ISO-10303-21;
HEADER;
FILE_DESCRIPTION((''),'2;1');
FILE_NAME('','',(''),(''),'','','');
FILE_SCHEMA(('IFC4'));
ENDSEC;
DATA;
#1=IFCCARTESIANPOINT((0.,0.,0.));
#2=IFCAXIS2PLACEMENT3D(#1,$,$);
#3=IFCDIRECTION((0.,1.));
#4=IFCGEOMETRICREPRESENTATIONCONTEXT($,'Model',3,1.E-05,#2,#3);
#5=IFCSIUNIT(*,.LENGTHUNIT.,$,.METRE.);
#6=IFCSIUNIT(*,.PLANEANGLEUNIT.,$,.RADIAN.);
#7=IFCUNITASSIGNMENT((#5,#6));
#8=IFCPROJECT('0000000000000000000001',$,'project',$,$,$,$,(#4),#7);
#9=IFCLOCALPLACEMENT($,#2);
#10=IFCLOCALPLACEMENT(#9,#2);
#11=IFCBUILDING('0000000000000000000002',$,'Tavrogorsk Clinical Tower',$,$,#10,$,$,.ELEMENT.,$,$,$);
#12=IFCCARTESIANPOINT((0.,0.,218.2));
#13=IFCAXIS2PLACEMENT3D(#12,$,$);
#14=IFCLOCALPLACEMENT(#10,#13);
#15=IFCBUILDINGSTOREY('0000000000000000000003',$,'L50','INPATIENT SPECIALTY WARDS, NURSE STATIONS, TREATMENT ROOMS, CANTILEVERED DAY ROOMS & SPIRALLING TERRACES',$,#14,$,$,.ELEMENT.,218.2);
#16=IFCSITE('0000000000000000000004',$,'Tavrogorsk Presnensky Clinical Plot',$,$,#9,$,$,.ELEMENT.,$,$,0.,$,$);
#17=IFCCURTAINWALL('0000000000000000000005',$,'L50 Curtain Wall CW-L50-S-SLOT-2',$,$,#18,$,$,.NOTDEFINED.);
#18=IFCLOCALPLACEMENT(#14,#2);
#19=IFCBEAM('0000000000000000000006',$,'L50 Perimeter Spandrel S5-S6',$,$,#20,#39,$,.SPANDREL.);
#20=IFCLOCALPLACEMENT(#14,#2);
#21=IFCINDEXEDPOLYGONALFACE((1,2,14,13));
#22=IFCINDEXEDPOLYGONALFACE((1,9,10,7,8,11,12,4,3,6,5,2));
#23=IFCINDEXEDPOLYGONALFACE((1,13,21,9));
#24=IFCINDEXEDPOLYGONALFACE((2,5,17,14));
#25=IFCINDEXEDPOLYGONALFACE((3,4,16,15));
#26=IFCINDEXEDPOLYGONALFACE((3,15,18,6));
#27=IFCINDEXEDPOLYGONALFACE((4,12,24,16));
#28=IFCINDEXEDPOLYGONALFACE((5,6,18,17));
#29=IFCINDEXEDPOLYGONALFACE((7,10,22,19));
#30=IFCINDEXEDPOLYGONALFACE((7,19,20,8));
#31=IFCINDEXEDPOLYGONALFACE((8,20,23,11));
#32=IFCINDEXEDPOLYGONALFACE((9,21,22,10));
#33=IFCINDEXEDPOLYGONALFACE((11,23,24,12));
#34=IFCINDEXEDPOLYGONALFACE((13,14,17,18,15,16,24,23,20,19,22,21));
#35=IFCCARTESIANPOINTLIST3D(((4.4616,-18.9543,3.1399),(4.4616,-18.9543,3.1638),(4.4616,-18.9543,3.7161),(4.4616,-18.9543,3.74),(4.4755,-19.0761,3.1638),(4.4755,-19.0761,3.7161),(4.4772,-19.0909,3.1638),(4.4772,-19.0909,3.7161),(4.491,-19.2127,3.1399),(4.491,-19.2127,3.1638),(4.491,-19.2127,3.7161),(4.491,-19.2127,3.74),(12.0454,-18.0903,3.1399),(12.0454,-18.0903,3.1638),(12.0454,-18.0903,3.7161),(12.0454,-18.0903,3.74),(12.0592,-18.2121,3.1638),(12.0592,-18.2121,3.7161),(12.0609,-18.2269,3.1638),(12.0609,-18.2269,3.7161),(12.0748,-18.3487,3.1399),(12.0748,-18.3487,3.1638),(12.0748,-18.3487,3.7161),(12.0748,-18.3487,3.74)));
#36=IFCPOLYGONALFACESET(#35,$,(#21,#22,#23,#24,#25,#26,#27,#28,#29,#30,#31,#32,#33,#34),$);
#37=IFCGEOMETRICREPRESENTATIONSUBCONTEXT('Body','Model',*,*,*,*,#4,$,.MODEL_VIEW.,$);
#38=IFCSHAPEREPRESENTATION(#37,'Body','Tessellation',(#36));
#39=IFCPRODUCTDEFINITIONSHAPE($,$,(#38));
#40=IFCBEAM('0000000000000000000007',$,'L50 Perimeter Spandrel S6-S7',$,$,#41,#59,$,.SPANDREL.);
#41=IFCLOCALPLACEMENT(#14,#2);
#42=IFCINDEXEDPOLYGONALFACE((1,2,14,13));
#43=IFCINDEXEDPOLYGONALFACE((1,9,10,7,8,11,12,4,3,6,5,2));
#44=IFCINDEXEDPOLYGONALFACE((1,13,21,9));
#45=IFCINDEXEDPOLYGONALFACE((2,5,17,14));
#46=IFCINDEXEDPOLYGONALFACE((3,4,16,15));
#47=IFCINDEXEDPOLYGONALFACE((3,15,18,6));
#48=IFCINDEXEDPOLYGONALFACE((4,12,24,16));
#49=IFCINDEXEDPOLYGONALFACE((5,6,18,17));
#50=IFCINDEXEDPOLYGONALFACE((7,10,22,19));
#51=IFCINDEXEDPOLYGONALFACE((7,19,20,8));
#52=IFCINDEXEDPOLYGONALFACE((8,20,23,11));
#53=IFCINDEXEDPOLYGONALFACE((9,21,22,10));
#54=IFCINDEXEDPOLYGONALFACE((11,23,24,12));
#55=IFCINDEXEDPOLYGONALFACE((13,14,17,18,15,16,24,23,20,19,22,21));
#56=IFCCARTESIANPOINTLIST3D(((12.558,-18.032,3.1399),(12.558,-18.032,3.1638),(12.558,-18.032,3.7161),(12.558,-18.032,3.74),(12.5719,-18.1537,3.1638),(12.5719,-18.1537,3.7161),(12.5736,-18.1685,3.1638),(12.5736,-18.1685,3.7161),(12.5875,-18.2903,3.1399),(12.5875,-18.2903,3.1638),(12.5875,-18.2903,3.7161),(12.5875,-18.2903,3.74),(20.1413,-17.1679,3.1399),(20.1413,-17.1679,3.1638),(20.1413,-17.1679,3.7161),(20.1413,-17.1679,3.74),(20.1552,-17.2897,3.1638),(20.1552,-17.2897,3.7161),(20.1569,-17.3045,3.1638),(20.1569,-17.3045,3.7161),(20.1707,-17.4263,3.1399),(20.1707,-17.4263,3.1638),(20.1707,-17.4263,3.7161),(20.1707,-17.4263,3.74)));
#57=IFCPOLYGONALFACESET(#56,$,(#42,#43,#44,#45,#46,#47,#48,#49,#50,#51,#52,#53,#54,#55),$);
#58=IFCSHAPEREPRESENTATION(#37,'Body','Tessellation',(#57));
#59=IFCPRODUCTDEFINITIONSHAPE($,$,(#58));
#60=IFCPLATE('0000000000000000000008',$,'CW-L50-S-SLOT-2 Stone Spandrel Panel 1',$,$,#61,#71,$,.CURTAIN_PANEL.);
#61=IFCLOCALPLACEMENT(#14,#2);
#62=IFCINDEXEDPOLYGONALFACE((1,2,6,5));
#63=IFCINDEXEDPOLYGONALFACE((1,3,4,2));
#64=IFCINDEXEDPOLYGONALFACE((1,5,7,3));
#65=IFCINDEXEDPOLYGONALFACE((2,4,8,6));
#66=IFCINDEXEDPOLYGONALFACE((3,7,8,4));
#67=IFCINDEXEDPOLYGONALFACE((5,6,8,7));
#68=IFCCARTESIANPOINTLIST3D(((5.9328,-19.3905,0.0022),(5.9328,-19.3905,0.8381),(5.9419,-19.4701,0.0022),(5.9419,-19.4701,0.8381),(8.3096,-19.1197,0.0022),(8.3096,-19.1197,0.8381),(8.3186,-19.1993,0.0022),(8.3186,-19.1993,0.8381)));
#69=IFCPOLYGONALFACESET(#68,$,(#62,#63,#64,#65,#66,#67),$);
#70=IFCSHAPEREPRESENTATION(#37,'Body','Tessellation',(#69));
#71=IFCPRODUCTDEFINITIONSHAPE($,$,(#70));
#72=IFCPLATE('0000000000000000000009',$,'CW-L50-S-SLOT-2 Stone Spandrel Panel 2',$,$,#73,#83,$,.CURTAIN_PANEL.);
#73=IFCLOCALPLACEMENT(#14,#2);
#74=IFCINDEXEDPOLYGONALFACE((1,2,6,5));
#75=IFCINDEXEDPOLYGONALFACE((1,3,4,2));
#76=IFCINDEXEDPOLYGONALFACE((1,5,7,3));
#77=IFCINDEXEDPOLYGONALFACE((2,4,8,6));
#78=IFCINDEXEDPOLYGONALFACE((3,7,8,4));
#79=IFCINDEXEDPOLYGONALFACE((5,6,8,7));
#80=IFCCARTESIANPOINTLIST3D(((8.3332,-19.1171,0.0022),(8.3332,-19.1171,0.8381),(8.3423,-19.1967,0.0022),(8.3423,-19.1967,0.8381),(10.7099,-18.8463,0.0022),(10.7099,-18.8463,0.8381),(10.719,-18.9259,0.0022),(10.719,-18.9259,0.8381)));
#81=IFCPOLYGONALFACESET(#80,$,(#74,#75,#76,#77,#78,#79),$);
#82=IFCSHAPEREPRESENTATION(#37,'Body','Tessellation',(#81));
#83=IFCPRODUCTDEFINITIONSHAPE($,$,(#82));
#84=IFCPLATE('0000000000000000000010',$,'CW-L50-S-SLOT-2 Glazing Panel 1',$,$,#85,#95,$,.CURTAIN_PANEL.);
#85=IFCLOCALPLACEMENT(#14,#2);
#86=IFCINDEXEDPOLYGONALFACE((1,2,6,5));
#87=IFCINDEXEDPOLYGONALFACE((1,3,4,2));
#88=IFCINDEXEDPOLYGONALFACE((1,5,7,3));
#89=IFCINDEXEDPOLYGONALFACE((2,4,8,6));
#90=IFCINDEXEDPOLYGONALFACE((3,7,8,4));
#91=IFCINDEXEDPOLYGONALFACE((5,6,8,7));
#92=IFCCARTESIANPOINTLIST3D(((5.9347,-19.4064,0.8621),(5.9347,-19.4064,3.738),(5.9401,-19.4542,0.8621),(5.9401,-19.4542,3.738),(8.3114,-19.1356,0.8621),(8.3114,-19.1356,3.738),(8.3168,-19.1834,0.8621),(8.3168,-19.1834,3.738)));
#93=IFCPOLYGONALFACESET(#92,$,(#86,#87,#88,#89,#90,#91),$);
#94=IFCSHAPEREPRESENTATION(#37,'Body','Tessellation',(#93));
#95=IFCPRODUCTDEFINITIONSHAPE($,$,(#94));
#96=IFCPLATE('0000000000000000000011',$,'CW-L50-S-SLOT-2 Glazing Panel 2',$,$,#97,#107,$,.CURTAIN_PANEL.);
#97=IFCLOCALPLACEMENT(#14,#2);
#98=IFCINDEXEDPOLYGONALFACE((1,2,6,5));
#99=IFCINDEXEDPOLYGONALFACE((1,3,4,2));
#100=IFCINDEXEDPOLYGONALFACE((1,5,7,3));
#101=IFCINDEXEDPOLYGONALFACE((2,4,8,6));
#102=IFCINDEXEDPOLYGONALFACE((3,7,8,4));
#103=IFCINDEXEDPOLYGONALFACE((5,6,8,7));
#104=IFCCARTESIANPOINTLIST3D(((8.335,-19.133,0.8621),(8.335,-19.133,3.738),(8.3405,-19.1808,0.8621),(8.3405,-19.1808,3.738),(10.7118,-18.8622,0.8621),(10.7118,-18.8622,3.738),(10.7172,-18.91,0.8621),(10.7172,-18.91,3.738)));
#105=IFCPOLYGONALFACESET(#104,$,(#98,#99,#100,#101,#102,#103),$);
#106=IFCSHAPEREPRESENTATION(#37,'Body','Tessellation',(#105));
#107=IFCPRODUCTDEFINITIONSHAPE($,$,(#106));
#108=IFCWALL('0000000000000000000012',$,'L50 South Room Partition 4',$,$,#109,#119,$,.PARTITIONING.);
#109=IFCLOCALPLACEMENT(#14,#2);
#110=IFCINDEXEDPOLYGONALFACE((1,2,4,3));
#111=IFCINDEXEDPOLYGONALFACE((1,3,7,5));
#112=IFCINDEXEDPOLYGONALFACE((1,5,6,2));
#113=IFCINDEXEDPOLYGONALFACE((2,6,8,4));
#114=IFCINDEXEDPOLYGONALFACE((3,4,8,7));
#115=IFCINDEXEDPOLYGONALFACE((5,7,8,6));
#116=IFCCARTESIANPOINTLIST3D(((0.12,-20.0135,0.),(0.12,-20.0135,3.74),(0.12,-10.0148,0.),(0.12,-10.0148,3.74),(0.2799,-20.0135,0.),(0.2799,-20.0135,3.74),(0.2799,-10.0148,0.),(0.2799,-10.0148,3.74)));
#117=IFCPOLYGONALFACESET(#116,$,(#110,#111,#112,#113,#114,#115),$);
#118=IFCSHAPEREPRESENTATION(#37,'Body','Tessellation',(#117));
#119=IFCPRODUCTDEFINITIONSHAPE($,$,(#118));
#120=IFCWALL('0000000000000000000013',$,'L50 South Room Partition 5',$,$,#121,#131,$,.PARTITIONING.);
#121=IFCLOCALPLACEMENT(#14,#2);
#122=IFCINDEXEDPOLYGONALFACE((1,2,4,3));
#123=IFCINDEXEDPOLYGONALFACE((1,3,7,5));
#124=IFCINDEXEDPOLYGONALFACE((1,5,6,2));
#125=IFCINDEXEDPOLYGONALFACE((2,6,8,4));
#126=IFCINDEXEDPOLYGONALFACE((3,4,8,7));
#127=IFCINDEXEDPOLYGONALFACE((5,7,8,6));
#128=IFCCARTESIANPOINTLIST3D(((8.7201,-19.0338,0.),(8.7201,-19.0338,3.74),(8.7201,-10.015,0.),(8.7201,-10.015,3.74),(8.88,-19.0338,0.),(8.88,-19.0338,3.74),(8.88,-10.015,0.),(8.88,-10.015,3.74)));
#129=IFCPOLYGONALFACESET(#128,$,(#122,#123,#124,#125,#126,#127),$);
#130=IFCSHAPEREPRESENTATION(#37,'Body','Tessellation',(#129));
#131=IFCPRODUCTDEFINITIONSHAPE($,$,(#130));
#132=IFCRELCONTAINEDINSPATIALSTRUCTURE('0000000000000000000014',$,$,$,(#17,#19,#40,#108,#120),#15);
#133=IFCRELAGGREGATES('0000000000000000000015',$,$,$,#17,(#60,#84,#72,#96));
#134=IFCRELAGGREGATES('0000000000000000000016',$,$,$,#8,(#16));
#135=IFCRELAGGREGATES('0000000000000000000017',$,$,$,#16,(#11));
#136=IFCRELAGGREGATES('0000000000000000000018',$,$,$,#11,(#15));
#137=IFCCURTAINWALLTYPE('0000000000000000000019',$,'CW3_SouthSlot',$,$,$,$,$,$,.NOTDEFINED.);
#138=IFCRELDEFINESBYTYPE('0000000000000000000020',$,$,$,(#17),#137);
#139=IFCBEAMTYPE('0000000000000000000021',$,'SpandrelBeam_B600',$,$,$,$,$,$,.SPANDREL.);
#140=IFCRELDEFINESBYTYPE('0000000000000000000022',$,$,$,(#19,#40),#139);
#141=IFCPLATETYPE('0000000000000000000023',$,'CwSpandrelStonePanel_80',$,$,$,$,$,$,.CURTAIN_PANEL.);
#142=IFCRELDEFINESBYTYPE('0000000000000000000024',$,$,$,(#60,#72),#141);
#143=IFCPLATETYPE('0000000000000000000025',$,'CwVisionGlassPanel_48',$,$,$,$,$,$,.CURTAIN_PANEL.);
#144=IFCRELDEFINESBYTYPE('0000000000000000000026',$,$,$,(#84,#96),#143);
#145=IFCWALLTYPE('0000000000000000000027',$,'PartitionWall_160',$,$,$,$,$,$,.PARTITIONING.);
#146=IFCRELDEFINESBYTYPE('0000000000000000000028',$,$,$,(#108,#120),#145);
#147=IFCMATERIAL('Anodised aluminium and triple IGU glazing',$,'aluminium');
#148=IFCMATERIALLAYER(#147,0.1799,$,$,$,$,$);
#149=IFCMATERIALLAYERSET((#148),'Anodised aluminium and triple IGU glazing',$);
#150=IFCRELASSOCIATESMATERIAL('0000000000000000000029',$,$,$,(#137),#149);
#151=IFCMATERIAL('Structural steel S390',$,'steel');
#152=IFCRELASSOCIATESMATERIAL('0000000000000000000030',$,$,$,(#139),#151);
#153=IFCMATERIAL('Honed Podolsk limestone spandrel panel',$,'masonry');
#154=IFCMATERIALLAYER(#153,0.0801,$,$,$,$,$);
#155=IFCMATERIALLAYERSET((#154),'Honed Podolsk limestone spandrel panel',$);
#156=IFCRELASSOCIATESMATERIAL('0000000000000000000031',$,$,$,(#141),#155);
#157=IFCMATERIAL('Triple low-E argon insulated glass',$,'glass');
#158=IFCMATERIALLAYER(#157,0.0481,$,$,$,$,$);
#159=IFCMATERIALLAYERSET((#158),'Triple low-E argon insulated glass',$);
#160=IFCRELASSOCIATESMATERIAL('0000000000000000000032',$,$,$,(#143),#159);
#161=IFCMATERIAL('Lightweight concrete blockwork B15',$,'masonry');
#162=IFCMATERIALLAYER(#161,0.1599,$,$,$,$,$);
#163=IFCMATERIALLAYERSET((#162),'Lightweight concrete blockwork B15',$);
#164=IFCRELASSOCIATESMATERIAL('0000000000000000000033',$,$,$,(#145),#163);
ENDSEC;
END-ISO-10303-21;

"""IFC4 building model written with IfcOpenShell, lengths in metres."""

from ifc_helpers import new_model, si_unit, direction, frame, frame_2d, origin, origin_2d, place, context, subcontext, project, spatial, rectangle, i_section, extrude, material, layer, layer_set, material_profile, profile_set, type_object, element, aggregate, save


model = new_model("IFC4")

# Units and contexts
model_context = context("Model", 3, precision=1e-05, world=origin(), true_north=direction((0.0, 1.0)))
body_context = subcontext(model_context, "Body", "Model", "MODEL_VIEW")
ifc_project = project(units=[si_unit("LENGTHUNIT", "METRE"), si_unit("PLANEANGLEUNIT", "RADIAN")], contexts=[model_context])

# Site, building, storey
site_placement = place(None, origin())
site = spatial("IfcSite", under=ifc_project, at=site_placement, Name="Tavrogorsk Presnensky Clinical Plot", CompositionType="ELEMENT", RefElevation=0.0)
building_placement = place(site_placement, origin())
building = spatial("IfcBuilding", under=site, at=building_placement, Name="Tavrogorsk Clinical Tower", CompositionType="ELEMENT")
storey_placement = place(building_placement, frame((0.0, 0.0, 218.2)))
storey = spatial("IfcBuildingStorey", under=building, at=storey_placement, Name="L50", Description="INPATIENT SPECIALTY WARDS, NURSE STATIONS, TREATMENT ROOMS, CANTILEVERED DAY ROOMS & SPIRALLING TERRACES", CompositionType="ELEMENT", Elevation=218.2)

# Curtain wall
ifc_material_1 = material(Name="Anodised aluminium and triple IGU glazing", Category="aluminium")
ifc_layer_1 = layer(ifc_material_1, 0.1799)
ifc_layer_set_1 = layer_set([ifc_layer_1], Name="Anodised aluminium and triple IGU glazing")
curtain_wall_type = type_object("IfcCurtainWallType", Name="CW3_SouthSlot", PredefinedType="NOTDEFINED", material=ifc_layer_set_1)
curtain_wall_placement = place(storey_placement, origin())
curtain_wall = element("IfcCurtainWall", 1, at=curtain_wall_placement, inside=storey, type_object=curtain_wall_type, Name="L50 Curtain Wall CW-L50-S-SLOT-2", PredefinedType="NOTDEFINED")

# Beams
ifc_material_2 = material(Name="Structural steel S390", Category="steel")
ifc_material_profile_1 = material_profile(ifc_material_2, i_section(OverallWidth=0.26, OverallDepth=0.6001, WebThickness=0.0149, FlangeThickness=0.0239, at=origin_2d()), Name="B-600x260x15x24")
ifc_profile_set_1 = profile_set([ifc_material_profile_1], Name="Structural steel S390")
beam_type = type_object("IfcBeamType", Name="SpandrelBeam_B600", PredefinedType="SPANDREL", material=ifc_profile_set_1)
for number, where, z_axis, x_axis, name in (
    (2, (4.4763, -19.0835, 3.4399), (0.993573, 0.113197, 0.0), (-0.113197, 0.993573, 0.0), "L50 Perimeter Spandrel S5-S6"),
):
    element("IfcBeam", number, at=place(storey_placement, frame(where, z_axis=z_axis, x_axis=x_axis)), inside=storey, type_object=beam_type, Name=name, PredefinedType="SPANDREL", context=body_context, shape_type="SweptSolid", body=[
        extrude(i_section(OverallWidth=0.26, OverallDepth=0.6001, WebThickness=0.0149, FlangeThickness=0.0239, at=origin_2d()), origin(), (0.0, 0.0, 1.0), 7.6328),
    ])
beam_placement = place(storey_placement, frame((12.5728, -18.1611, 3.4399), z_axis=(0.993572, 0.113205, 0.0), x_axis=(-0.113205, 0.993572, 0.0)))
element("IfcBeam", 3, at=beam_placement, inside=storey, type_object=beam_type, Name="L50 Perimeter Spandrel S6-S7", PredefinedType="SPANDREL", context=body_context, shape_type="SweptSolid", body=[
    extrude(i_section(OverallWidth=0.26, OverallDepth=0.6001, WebThickness=0.0149, FlangeThickness=0.0239, at=origin_2d()), origin(), (0.0, 0.0, 1.0), 7.6323),
])

# Plates
ifc_material_3 = material(Name="Honed Podolsk limestone spandrel panel", Category="masonry")
ifc_layer_2 = layer(ifc_material_3, 0.0801)
ifc_layer_set_2 = layer_set([ifc_layer_2], Name="Honed Podolsk limestone spandrel panel")
plate_type_1 = type_object("IfcPlateType", Name="CwSpandrelStonePanel_80", PredefinedType="CURTAIN_PANEL", material=ifc_layer_set_2)
plate_1_placement = place(storey_placement, frame((7.1257, -19.2949, 0.0022), z_axis=(0.0, 0.0, 1.0), x_axis=(0.993572, 0.113203, 0.0)))
plate_1 = element("IfcPlate", 4, at=plate_1_placement, type_object=plate_type_1, Name="CW-L50-S-SLOT-2 Stone Spandrel Panel 1", PredefinedType="CURTAIN_PANEL", context=body_context, shape_type="SweptSolid", body=[
    extrude(rectangle(XDim=2.3921, YDim=0.0801, at=origin_2d()), origin(), (0.0, 0.0, 1.0), 0.8359),
])
plate_2_placement = place(storey_placement, frame((9.5261, -19.0215, 0.0022), z_axis=(0.0, 0.0, 1.0), x_axis=(0.993572, 0.113203, 0.0)))
plate_2 = element("IfcPlate", 5, at=plate_2_placement, type_object=plate_type_1, Name="CW-L50-S-SLOT-2 Stone Spandrel Panel 2", PredefinedType="CURTAIN_PANEL", context=body_context, shape_type="SweptSolid", body=[
    extrude(rectangle(XDim=2.3921, YDim=0.0801, at=origin_2d()), origin(), (0.0, 0.0, 1.0), 0.8359),
])
ifc_material_4 = material(Name="Triple low-E argon insulated glass", Category="glass")
ifc_layer_3 = layer(ifc_material_4, 0.0481)
ifc_layer_set_3 = layer_set([ifc_layer_3], Name="Triple low-E argon insulated glass")
plate_type_2 = type_object("IfcPlateType", Name="CwVisionGlassPanel_48", PredefinedType="CURTAIN_PANEL", material=ifc_layer_set_3)
plate_3_placement = place(storey_placement, frame((7.1257, -19.2949, 0.8621), z_axis=(0.0, 0.0, 1.0), x_axis=(0.993572, 0.113203, 0.0)))
plate_3 = element("IfcPlate", 6, at=plate_3_placement, type_object=plate_type_2, Name="CW-L50-S-SLOT-2 Glazing Panel 1", PredefinedType="CURTAIN_PANEL", context=body_context, shape_type="SweptSolid", body=[
    extrude(rectangle(XDim=2.3921, YDim=0.0481, at=origin_2d()), origin(), (0.0, 0.0, 1.0), 2.876),
])
plate_4_placement = place(storey_placement, frame((9.5261, -19.0215, 0.8621), z_axis=(0.0, 0.0, 1.0), x_axis=(0.993572, 0.113203, 0.0)))
plate_4 = element("IfcPlate", 7, at=plate_4_placement, type_object=plate_type_2, Name="CW-L50-S-SLOT-2 Glazing Panel 2", PredefinedType="CURTAIN_PANEL", context=body_context, shape_type="SweptSolid", body=[
    extrude(rectangle(XDim=2.3921, YDim=0.0481, at=origin_2d()), origin(), (0.0, 0.0, 1.0), 2.876),
])
aggregate(curtain_wall, [plate_1, plate_3, plate_2, plate_4])

# Walls
ifc_material_5 = material(Name="Lightweight concrete blockwork B15", Category="masonry")
ifc_layer_4 = layer(ifc_material_5, 0.1599)
ifc_layer_set_4 = layer_set([ifc_layer_4], Name="Lightweight concrete blockwork B15")
wall_type_1 = type_object("IfcWallType", Name="PartitionWall_160", PredefinedType="PARTITIONING", material=ifc_layer_set_4)
wall_1_placement = place(storey_placement, frame((0.2, -20.0137, 0.0), z_axis=(0.0, 0.0, 1.0), x_axis=(0.0, 1.0, 0.0)))
element("IfcWall", 8, at=wall_1_placement, inside=storey, type_object=wall_type_1, Name="L50 South Room Partition 4", PredefinedType="PARTITIONING", context=body_context, shape_type="SweptSolid", body=[
    extrude(rectangle(XDim=9.9988, YDim=0.1599, at=frame_2d((4.9995, 0.0))), origin(), (0.0, 0.0, 1.0), 3.74),
])
wall_2_placement = place(storey_placement, frame((8.8, -19.0337, 0.0), z_axis=(0.0, 0.0, 1.0), x_axis=(0.0, 1.0, 0.0)))
element("IfcWall", 9, at=wall_2_placement, inside=storey, type_object=wall_type_1, Name="L50 South Room Partition 5", PredefinedType="PARTITIONING", context=body_context, shape_type="SweptSolid", body=[
    extrude(rectangle(XDim=9.0188, YDim=0.1599, at=frame_2d((4.5093, 0.0))), origin(), (0.0, 0.0, 1.0), 3.74),
])

save(model, "model.ifc")
